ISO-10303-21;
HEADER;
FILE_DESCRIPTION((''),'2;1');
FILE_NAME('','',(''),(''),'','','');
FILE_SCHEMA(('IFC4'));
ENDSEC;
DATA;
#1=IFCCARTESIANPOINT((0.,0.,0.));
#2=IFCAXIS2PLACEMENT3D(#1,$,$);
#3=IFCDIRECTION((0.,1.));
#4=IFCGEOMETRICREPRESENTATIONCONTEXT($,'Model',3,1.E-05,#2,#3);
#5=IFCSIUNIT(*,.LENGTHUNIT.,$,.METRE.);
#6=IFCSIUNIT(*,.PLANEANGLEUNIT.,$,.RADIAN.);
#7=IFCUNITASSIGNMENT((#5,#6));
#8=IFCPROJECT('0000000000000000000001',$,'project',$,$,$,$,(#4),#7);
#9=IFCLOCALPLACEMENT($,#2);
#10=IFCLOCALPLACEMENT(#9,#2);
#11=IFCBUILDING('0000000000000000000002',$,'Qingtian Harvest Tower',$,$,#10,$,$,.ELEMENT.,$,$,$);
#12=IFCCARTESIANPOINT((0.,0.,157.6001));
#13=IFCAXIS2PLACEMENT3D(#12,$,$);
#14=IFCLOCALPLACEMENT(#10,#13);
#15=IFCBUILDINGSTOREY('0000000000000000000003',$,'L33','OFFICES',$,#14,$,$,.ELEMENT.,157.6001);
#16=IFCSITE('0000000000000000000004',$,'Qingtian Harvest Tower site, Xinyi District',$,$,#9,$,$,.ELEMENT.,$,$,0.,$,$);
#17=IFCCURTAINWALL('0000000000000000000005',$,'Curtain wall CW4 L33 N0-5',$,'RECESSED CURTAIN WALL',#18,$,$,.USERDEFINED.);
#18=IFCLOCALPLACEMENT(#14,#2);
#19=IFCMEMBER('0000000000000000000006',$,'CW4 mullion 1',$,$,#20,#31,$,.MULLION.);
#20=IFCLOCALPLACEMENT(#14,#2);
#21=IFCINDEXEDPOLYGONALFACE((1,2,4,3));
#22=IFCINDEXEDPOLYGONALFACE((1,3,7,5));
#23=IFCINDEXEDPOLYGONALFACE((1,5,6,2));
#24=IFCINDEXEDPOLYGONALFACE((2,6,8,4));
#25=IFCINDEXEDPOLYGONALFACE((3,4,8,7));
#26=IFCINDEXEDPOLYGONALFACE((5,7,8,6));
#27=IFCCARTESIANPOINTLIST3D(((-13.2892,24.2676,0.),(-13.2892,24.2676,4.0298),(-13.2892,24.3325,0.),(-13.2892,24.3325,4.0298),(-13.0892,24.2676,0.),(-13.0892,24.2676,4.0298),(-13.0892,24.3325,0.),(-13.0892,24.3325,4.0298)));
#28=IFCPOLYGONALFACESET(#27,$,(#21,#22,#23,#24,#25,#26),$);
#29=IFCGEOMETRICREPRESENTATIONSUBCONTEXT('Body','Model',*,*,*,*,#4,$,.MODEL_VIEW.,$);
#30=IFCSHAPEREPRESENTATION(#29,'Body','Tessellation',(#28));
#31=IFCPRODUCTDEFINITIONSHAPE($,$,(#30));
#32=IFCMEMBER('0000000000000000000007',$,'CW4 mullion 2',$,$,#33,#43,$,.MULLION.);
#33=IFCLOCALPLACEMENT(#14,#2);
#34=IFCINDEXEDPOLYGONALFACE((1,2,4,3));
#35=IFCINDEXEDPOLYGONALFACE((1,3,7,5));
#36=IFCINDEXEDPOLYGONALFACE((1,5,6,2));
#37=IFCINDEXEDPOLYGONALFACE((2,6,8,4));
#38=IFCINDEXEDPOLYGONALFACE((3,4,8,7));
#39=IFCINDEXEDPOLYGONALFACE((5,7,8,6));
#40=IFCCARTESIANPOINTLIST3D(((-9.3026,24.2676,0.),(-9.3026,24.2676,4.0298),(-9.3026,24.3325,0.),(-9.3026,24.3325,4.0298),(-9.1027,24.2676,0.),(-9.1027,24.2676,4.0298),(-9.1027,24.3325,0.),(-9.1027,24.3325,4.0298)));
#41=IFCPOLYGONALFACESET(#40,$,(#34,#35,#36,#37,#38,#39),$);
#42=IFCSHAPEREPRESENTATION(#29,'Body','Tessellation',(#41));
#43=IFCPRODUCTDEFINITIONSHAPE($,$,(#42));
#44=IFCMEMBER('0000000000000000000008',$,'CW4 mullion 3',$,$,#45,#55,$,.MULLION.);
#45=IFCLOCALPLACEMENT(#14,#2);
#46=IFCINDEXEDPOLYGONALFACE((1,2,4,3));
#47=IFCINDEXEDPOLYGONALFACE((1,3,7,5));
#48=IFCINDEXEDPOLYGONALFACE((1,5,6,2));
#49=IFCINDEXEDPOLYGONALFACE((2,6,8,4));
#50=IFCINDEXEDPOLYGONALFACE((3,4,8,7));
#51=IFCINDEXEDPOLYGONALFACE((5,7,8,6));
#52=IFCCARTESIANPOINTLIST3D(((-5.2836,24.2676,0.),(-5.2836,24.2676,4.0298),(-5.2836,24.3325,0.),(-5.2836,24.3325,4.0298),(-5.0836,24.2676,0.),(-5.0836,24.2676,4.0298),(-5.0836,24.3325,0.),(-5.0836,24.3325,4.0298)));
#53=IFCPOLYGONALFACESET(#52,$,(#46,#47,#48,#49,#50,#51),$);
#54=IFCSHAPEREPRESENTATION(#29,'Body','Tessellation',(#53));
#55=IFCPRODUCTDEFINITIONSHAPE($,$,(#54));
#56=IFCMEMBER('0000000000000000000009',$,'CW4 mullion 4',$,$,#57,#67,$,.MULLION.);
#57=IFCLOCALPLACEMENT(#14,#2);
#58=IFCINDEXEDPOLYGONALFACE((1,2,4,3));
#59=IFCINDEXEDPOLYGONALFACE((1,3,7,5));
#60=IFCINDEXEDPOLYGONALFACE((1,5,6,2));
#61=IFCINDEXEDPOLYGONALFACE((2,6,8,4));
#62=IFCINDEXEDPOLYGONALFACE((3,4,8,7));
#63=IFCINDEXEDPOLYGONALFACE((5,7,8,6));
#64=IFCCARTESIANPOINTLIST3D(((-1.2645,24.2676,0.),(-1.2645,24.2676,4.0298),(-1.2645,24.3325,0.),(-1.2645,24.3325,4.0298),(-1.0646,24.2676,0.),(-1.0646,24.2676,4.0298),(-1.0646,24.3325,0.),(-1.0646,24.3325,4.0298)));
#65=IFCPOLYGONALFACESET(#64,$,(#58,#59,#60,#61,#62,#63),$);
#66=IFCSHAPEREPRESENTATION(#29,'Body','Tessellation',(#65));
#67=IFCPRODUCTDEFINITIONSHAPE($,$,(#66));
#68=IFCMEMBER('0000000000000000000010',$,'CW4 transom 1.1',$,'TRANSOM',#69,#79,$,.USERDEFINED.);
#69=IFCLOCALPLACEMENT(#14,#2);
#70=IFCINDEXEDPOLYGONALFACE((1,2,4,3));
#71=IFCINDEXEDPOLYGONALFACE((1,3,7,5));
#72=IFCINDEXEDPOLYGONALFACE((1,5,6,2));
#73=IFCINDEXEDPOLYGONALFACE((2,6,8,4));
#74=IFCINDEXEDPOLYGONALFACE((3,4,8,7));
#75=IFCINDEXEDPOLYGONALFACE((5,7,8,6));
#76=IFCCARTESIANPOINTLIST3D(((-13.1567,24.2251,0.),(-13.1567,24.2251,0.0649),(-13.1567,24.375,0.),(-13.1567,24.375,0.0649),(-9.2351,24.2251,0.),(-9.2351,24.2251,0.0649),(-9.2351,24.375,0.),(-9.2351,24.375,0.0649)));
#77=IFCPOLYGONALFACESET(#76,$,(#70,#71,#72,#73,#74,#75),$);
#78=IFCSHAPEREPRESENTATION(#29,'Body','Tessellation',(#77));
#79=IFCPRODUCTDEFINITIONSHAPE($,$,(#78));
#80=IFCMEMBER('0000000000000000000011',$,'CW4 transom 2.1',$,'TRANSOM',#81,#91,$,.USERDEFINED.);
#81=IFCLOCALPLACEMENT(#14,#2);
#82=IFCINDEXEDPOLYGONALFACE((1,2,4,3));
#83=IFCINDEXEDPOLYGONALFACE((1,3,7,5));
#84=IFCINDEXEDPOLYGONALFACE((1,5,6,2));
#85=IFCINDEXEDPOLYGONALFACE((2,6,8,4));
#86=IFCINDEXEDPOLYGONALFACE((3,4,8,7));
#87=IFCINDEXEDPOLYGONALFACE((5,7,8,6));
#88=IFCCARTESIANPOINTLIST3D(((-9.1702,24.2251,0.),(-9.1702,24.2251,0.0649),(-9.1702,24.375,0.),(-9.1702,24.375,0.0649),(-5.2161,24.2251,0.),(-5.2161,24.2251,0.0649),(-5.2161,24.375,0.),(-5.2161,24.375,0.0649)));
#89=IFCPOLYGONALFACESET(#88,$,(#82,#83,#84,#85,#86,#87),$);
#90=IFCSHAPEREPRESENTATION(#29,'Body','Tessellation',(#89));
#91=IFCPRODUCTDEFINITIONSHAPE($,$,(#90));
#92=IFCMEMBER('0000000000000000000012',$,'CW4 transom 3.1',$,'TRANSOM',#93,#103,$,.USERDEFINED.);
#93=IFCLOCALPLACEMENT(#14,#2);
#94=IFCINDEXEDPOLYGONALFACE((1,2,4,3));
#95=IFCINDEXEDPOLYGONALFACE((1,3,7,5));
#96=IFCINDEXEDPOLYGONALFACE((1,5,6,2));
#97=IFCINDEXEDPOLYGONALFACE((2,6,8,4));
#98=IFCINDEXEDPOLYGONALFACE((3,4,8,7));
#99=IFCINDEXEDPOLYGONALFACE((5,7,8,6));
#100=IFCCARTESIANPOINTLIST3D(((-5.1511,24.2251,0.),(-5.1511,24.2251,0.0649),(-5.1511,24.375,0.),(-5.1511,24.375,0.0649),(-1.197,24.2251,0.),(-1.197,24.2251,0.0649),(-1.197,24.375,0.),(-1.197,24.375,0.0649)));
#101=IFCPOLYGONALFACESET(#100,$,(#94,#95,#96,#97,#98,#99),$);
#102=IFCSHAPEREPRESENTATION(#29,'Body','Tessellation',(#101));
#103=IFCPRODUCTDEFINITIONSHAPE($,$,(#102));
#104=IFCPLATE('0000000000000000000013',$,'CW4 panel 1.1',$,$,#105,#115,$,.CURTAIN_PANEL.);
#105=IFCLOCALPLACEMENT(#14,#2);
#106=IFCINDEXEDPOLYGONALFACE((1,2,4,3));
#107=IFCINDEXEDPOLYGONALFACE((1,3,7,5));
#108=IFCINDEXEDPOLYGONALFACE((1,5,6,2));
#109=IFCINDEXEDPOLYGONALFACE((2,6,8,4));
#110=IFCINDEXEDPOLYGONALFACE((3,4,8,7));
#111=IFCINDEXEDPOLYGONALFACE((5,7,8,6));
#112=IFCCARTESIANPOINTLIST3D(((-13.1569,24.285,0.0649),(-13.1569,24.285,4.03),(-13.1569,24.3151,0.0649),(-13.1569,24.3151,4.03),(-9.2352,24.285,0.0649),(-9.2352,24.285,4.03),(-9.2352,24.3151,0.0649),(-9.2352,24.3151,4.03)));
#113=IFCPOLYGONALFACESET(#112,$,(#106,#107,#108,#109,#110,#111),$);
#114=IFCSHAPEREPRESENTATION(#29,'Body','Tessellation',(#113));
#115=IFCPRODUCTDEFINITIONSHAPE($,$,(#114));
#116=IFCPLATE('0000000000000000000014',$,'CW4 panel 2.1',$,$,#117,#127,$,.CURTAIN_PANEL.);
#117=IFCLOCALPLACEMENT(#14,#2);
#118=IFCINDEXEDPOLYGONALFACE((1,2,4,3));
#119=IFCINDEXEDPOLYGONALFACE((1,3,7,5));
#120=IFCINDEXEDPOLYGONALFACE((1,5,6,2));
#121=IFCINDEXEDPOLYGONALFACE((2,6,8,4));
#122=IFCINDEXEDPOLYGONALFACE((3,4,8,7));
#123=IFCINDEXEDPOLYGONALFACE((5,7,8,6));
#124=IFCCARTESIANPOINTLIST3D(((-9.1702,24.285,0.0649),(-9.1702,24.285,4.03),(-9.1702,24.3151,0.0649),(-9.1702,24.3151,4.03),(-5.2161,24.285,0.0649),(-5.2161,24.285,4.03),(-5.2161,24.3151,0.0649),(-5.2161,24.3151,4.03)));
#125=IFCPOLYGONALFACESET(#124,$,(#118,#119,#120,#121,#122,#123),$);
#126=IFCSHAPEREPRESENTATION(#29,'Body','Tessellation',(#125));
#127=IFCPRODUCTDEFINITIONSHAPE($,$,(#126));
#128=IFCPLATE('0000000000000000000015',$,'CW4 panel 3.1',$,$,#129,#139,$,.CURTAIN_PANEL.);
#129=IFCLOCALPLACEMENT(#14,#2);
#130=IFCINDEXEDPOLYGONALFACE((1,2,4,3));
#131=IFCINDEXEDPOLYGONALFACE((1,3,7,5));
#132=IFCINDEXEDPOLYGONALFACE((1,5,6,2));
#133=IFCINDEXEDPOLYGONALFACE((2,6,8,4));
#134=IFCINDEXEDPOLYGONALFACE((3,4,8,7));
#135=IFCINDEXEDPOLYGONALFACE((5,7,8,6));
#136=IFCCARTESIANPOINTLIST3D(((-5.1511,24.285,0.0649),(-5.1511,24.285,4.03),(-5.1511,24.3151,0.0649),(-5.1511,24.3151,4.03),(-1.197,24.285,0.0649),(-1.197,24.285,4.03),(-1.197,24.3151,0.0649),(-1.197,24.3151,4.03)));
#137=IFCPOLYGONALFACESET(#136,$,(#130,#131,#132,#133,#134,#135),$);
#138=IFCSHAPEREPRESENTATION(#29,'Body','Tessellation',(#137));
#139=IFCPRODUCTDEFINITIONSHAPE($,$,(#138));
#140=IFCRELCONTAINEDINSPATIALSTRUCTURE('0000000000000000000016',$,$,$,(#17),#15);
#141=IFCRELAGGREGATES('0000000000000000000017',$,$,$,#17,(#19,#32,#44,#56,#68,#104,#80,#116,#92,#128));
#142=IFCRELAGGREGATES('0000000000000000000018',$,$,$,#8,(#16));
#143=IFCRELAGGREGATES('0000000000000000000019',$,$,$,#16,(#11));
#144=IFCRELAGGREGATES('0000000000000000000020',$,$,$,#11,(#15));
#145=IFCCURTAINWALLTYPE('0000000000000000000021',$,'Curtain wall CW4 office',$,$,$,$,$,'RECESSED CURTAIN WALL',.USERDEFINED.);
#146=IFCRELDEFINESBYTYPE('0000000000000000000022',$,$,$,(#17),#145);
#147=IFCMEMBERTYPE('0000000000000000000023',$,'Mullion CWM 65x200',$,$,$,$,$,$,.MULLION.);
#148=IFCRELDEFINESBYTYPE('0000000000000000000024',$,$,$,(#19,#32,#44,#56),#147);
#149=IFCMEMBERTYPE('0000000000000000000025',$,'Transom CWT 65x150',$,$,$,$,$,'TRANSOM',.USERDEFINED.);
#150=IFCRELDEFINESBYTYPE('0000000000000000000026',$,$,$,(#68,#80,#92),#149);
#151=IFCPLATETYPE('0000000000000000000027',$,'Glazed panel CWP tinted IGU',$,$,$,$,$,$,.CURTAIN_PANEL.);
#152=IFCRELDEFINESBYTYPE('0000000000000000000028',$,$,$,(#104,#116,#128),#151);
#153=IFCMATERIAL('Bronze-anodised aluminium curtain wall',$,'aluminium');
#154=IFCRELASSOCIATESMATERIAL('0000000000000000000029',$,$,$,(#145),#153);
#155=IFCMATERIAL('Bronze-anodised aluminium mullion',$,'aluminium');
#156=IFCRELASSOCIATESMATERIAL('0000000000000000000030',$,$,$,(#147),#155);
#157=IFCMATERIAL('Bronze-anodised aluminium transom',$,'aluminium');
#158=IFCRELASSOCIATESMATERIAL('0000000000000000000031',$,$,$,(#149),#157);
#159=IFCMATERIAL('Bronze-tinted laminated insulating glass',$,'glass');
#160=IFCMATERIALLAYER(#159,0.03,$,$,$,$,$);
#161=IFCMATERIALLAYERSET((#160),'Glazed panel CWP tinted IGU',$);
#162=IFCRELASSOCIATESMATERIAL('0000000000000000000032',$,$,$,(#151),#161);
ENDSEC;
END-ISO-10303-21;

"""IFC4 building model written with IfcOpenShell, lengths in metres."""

from ifc_helpers import new_model, si_unit, direction, frame, origin, origin_2d, place, context, subcontext, project, spatial, rectangle, extrude, material, layer, layer_set, material_profile, profile_set, type_object, element, aggregate, save


model = new_model("IFC4")

# Units and contexts
model_context = context("Model", 3, precision=1e-05, world=origin(), true_north=direction((0.0, 1.0)))
body_context = subcontext(model_context, "Body", "Model", "MODEL_VIEW")
ifc_project = project(units=[si_unit("LENGTHUNIT", "METRE"), si_unit("PLANEANGLEUNIT", "RADIAN")], contexts=[model_context])

# Site, building, storey
site_placement = place(None, origin())
site = spatial("IfcSite", under=ifc_project, at=site_placement, Name="Qingtian Harvest Tower site, Xinyi District", CompositionType="ELEMENT", RefElevation=0.0)
building_placement = place(site_placement, origin())
building = spatial("IfcBuilding", under=site, at=building_placement, Name="Qingtian Harvest Tower", CompositionType="ELEMENT")
storey_placement = place(building_placement, frame((0.0, 0.0, 157.6001)))
storey = spatial("IfcBuildingStorey", under=building, at=storey_placement, Name="L33", Description="OFFICES", CompositionType="ELEMENT", Elevation=157.6001)

# Curtain wall, members, plates
ifc_material_1 = material(Name="Bronze-anodised aluminium curtain wall", Category="aluminium")
curtain_wall_type = type_object("IfcCurtainWallType", Name="Curtain wall CW4 office", ElementType="RECESSED CURTAIN WALL", PredefinedType="USERDEFINED", material=ifc_material_1)
curtain_wall_placement = place(storey_placement, origin())
curtain_wall = element("IfcCurtainWall", 1, at=curtain_wall_placement, inside=storey, type_object=curtain_wall_type, Name="Curtain wall CW4 L33 N0-5", ObjectType="RECESSED CURTAIN WALL", PredefinedType="USERDEFINED")
ifc_material_2 = material(Name="Bronze-anodised aluminium mullion", Category="aluminium")
ifc_material_profile_1 = material_profile(ifc_material_2, rectangle(XDim=0.0649, YDim=0.2, at=origin_2d()), Name="AL 65x200")
ifc_profile_set_1 = profile_set([ifc_material_profile_1], Name="Bronze-anodised aluminium mullion")
member_type_1 = type_object("IfcMemberType", Name="Mullion CWM 65x200", PredefinedType="MULLION", material=ifc_profile_set_1)
member_1_placement = place(storey_placement, frame((-13.1892, 24.3, 0.0), z_axis=(0.0, 0.0, 1.0), x_axis=(0.0, 1.0, 0.0)))
member_1 = element("IfcMember", 2, at=member_1_placement, type_object=member_type_1, Name="CW4 mullion 1", PredefinedType="MULLION", context=body_context, shape_type="SweptSolid", body=[
    extrude(rectangle(XDim=0.0649, YDim=0.2, at=origin_2d()), origin(), (0.0, 0.0, 1.0), 4.0298),
])
member_2_placement = place(storey_placement, frame((-9.2026, 24.3, 0.0), z_axis=(0.0, 0.0, 1.0), x_axis=(0.0, 1.0, 0.0)))
member_2 = element("IfcMember", 3, at=member_2_placement, type_object=member_type_1, Name="CW4 mullion 2", PredefinedType="MULLION", context=body_context, shape_type="SweptSolid", body=[
    extrude(rectangle(XDim=0.0649, YDim=0.2, at=origin_2d()), origin(), (0.0, 0.0, 1.0), 4.0298),
])
member_3_placement = place(storey_placement, frame((-5.1836, 24.3, 0.0), z_axis=(0.0, 0.0, 1.0), x_axis=(0.0, 1.0, 0.0)))
member_3 = element("IfcMember", 4, at=member_3_placement, type_object=member_type_1, Name="CW4 mullion 3", PredefinedType="MULLION", context=body_context, shape_type="SweptSolid", body=[
    extrude(rectangle(XDim=0.0649, YDim=0.2, at=origin_2d()), origin(), (0.0, 0.0, 1.0), 4.0298),
])
member_4_placement = place(storey_placement, frame((-1.1646, 24.3, 0.0), z_axis=(0.0, 0.0, 1.0), x_axis=(0.0, 1.0, 0.0)))
member_4 = element("IfcMember", 5, at=member_4_placement, type_object=member_type_1, Name="CW4 mullion 4", PredefinedType="MULLION", context=body_context, shape_type="SweptSolid", body=[
    extrude(rectangle(XDim=0.0649, YDim=0.2, at=origin_2d()), origin(), (0.0, 0.0, 1.0), 4.0298),
])
ifc_material_3 = material(Name="Bronze-anodised aluminium transom", Category="aluminium")
ifc_material_profile_2 = material_profile(ifc_material_3, rectangle(XDim=0.1499, YDim=0.0649, at=origin_2d()), Name="AL 65x150")
ifc_profile_set_2 = profile_set([ifc_material_profile_2], Name="Bronze-anodised aluminium transom")
member_type_2 = type_object("IfcMemberType", Name="Transom CWT 65x150", ElementType="TRANSOM", PredefinedType="USERDEFINED", material=ifc_profile_set_2)
member_5_placement = place(storey_placement, frame((-13.1567, 24.3, 0.0325), z_axis=(1.0, 0.0, 0.0), x_axis=(0.0, 1.0, 0.0)))
member_5 = element("IfcMember", 6, at=member_5_placement, type_object=member_type_2, Name="CW4 transom 1.1", ObjectType="TRANSOM", PredefinedType="USERDEFINED", context=body_context, shape_type="SweptSolid", body=[
    extrude(rectangle(XDim=0.1499, YDim=0.0649, at=origin_2d()), origin(), (0.0, 0.0, 1.0), 3.9216),
])
member_6_placement = place(storey_placement, frame((-9.1702, 24.3, 0.0325), z_axis=(1.0, 0.0, 0.0), x_axis=(0.0, 1.0, 0.0)))
member_6 = element("IfcMember", 7, at=member_6_placement, type_object=member_type_2, Name="CW4 transom 2.1", ObjectType="TRANSOM", PredefinedType="USERDEFINED", context=body_context, shape_type="SweptSolid", body=[
    extrude(rectangle(XDim=0.1499, YDim=0.0649, at=origin_2d()), origin(), (0.0, 0.0, 1.0), 3.9541),
])
member_7_placement = place(storey_placement, frame((-5.1511, 24.3, 0.0325), z_axis=(1.0, 0.0, 0.0), x_axis=(0.0, 1.0, 0.0)))
member_7 = element("IfcMember", 8, at=member_7_placement, type_object=member_type_2, Name="CW4 transom 3.1", ObjectType="TRANSOM", PredefinedType="USERDEFINED", context=body_context, shape_type="SweptSolid", body=[
    extrude(rectangle(XDim=0.1499, YDim=0.0649, at=origin_2d()), origin(), (0.0, 0.0, 1.0), 3.9541),
])
ifc_material_4 = material(Name="Bronze-tinted laminated insulating glass", Category="glass")
ifc_layer_1 = layer(ifc_material_4, 0.03)
ifc_layer_set_1 = layer_set([ifc_layer_1], Name="Glazed panel CWP tinted IGU")
plate_type = type_object("IfcPlateType", Name="Glazed panel CWP tinted IGU", PredefinedType="CURTAIN_PANEL", material=ifc_layer_set_1)
plate_1_placement = place(storey_placement, frame((-11.196, 24.3, 0.0649), z_axis=(0.0, 0.0, 1.0), x_axis=(1.0, 0.0, 0.0)))
plate_1 = element("IfcPlate", 9, at=plate_1_placement, type_object=plate_type, Name="CW4 panel 1.1", PredefinedType="CURTAIN_PANEL", context=body_context, shape_type="SweptSolid", body=[
    extrude(rectangle(XDim=3.9216, YDim=0.03, at=origin_2d()), origin(), (0.0, 0.0, 1.0), 3.9651),
])
plate_2_placement = place(storey_placement, frame((-7.1931, 24.3, 0.0649), z_axis=(0.0, 0.0, 1.0), x_axis=(1.0, 0.0, 0.0)))
plate_2 = element("IfcPlate", 10, at=plate_2_placement, type_object=plate_type, Name="CW4 panel 2.1", PredefinedType="CURTAIN_PANEL", context=body_context, shape_type="SweptSolid", body=[
    extrude(rectangle(XDim=3.9541, YDim=0.03, at=origin_2d()), origin(), (0.0, 0.0, 1.0), 3.9651),
])
plate_3_placement = place(storey_placement, frame((-3.1741, 24.3, 0.0649), z_axis=(0.0, 0.0, 1.0), x_axis=(1.0, 0.0, 0.0)))
plate_3 = element("IfcPlate", 11, at=plate_3_placement, type_object=plate_type, Name="CW4 panel 3.1", PredefinedType="CURTAIN_PANEL", context=body_context, shape_type="SweptSolid", body=[
    extrude(rectangle(XDim=3.9541, YDim=0.03, at=origin_2d()), origin(), (0.0, 0.0, 1.0), 3.9651),
])
aggregate(curtain_wall, [member_1, member_2, member_3, member_4, member_5, plate_1, member_6, plate_2, member_7, plate_3])

save(model, "model.ifc")
